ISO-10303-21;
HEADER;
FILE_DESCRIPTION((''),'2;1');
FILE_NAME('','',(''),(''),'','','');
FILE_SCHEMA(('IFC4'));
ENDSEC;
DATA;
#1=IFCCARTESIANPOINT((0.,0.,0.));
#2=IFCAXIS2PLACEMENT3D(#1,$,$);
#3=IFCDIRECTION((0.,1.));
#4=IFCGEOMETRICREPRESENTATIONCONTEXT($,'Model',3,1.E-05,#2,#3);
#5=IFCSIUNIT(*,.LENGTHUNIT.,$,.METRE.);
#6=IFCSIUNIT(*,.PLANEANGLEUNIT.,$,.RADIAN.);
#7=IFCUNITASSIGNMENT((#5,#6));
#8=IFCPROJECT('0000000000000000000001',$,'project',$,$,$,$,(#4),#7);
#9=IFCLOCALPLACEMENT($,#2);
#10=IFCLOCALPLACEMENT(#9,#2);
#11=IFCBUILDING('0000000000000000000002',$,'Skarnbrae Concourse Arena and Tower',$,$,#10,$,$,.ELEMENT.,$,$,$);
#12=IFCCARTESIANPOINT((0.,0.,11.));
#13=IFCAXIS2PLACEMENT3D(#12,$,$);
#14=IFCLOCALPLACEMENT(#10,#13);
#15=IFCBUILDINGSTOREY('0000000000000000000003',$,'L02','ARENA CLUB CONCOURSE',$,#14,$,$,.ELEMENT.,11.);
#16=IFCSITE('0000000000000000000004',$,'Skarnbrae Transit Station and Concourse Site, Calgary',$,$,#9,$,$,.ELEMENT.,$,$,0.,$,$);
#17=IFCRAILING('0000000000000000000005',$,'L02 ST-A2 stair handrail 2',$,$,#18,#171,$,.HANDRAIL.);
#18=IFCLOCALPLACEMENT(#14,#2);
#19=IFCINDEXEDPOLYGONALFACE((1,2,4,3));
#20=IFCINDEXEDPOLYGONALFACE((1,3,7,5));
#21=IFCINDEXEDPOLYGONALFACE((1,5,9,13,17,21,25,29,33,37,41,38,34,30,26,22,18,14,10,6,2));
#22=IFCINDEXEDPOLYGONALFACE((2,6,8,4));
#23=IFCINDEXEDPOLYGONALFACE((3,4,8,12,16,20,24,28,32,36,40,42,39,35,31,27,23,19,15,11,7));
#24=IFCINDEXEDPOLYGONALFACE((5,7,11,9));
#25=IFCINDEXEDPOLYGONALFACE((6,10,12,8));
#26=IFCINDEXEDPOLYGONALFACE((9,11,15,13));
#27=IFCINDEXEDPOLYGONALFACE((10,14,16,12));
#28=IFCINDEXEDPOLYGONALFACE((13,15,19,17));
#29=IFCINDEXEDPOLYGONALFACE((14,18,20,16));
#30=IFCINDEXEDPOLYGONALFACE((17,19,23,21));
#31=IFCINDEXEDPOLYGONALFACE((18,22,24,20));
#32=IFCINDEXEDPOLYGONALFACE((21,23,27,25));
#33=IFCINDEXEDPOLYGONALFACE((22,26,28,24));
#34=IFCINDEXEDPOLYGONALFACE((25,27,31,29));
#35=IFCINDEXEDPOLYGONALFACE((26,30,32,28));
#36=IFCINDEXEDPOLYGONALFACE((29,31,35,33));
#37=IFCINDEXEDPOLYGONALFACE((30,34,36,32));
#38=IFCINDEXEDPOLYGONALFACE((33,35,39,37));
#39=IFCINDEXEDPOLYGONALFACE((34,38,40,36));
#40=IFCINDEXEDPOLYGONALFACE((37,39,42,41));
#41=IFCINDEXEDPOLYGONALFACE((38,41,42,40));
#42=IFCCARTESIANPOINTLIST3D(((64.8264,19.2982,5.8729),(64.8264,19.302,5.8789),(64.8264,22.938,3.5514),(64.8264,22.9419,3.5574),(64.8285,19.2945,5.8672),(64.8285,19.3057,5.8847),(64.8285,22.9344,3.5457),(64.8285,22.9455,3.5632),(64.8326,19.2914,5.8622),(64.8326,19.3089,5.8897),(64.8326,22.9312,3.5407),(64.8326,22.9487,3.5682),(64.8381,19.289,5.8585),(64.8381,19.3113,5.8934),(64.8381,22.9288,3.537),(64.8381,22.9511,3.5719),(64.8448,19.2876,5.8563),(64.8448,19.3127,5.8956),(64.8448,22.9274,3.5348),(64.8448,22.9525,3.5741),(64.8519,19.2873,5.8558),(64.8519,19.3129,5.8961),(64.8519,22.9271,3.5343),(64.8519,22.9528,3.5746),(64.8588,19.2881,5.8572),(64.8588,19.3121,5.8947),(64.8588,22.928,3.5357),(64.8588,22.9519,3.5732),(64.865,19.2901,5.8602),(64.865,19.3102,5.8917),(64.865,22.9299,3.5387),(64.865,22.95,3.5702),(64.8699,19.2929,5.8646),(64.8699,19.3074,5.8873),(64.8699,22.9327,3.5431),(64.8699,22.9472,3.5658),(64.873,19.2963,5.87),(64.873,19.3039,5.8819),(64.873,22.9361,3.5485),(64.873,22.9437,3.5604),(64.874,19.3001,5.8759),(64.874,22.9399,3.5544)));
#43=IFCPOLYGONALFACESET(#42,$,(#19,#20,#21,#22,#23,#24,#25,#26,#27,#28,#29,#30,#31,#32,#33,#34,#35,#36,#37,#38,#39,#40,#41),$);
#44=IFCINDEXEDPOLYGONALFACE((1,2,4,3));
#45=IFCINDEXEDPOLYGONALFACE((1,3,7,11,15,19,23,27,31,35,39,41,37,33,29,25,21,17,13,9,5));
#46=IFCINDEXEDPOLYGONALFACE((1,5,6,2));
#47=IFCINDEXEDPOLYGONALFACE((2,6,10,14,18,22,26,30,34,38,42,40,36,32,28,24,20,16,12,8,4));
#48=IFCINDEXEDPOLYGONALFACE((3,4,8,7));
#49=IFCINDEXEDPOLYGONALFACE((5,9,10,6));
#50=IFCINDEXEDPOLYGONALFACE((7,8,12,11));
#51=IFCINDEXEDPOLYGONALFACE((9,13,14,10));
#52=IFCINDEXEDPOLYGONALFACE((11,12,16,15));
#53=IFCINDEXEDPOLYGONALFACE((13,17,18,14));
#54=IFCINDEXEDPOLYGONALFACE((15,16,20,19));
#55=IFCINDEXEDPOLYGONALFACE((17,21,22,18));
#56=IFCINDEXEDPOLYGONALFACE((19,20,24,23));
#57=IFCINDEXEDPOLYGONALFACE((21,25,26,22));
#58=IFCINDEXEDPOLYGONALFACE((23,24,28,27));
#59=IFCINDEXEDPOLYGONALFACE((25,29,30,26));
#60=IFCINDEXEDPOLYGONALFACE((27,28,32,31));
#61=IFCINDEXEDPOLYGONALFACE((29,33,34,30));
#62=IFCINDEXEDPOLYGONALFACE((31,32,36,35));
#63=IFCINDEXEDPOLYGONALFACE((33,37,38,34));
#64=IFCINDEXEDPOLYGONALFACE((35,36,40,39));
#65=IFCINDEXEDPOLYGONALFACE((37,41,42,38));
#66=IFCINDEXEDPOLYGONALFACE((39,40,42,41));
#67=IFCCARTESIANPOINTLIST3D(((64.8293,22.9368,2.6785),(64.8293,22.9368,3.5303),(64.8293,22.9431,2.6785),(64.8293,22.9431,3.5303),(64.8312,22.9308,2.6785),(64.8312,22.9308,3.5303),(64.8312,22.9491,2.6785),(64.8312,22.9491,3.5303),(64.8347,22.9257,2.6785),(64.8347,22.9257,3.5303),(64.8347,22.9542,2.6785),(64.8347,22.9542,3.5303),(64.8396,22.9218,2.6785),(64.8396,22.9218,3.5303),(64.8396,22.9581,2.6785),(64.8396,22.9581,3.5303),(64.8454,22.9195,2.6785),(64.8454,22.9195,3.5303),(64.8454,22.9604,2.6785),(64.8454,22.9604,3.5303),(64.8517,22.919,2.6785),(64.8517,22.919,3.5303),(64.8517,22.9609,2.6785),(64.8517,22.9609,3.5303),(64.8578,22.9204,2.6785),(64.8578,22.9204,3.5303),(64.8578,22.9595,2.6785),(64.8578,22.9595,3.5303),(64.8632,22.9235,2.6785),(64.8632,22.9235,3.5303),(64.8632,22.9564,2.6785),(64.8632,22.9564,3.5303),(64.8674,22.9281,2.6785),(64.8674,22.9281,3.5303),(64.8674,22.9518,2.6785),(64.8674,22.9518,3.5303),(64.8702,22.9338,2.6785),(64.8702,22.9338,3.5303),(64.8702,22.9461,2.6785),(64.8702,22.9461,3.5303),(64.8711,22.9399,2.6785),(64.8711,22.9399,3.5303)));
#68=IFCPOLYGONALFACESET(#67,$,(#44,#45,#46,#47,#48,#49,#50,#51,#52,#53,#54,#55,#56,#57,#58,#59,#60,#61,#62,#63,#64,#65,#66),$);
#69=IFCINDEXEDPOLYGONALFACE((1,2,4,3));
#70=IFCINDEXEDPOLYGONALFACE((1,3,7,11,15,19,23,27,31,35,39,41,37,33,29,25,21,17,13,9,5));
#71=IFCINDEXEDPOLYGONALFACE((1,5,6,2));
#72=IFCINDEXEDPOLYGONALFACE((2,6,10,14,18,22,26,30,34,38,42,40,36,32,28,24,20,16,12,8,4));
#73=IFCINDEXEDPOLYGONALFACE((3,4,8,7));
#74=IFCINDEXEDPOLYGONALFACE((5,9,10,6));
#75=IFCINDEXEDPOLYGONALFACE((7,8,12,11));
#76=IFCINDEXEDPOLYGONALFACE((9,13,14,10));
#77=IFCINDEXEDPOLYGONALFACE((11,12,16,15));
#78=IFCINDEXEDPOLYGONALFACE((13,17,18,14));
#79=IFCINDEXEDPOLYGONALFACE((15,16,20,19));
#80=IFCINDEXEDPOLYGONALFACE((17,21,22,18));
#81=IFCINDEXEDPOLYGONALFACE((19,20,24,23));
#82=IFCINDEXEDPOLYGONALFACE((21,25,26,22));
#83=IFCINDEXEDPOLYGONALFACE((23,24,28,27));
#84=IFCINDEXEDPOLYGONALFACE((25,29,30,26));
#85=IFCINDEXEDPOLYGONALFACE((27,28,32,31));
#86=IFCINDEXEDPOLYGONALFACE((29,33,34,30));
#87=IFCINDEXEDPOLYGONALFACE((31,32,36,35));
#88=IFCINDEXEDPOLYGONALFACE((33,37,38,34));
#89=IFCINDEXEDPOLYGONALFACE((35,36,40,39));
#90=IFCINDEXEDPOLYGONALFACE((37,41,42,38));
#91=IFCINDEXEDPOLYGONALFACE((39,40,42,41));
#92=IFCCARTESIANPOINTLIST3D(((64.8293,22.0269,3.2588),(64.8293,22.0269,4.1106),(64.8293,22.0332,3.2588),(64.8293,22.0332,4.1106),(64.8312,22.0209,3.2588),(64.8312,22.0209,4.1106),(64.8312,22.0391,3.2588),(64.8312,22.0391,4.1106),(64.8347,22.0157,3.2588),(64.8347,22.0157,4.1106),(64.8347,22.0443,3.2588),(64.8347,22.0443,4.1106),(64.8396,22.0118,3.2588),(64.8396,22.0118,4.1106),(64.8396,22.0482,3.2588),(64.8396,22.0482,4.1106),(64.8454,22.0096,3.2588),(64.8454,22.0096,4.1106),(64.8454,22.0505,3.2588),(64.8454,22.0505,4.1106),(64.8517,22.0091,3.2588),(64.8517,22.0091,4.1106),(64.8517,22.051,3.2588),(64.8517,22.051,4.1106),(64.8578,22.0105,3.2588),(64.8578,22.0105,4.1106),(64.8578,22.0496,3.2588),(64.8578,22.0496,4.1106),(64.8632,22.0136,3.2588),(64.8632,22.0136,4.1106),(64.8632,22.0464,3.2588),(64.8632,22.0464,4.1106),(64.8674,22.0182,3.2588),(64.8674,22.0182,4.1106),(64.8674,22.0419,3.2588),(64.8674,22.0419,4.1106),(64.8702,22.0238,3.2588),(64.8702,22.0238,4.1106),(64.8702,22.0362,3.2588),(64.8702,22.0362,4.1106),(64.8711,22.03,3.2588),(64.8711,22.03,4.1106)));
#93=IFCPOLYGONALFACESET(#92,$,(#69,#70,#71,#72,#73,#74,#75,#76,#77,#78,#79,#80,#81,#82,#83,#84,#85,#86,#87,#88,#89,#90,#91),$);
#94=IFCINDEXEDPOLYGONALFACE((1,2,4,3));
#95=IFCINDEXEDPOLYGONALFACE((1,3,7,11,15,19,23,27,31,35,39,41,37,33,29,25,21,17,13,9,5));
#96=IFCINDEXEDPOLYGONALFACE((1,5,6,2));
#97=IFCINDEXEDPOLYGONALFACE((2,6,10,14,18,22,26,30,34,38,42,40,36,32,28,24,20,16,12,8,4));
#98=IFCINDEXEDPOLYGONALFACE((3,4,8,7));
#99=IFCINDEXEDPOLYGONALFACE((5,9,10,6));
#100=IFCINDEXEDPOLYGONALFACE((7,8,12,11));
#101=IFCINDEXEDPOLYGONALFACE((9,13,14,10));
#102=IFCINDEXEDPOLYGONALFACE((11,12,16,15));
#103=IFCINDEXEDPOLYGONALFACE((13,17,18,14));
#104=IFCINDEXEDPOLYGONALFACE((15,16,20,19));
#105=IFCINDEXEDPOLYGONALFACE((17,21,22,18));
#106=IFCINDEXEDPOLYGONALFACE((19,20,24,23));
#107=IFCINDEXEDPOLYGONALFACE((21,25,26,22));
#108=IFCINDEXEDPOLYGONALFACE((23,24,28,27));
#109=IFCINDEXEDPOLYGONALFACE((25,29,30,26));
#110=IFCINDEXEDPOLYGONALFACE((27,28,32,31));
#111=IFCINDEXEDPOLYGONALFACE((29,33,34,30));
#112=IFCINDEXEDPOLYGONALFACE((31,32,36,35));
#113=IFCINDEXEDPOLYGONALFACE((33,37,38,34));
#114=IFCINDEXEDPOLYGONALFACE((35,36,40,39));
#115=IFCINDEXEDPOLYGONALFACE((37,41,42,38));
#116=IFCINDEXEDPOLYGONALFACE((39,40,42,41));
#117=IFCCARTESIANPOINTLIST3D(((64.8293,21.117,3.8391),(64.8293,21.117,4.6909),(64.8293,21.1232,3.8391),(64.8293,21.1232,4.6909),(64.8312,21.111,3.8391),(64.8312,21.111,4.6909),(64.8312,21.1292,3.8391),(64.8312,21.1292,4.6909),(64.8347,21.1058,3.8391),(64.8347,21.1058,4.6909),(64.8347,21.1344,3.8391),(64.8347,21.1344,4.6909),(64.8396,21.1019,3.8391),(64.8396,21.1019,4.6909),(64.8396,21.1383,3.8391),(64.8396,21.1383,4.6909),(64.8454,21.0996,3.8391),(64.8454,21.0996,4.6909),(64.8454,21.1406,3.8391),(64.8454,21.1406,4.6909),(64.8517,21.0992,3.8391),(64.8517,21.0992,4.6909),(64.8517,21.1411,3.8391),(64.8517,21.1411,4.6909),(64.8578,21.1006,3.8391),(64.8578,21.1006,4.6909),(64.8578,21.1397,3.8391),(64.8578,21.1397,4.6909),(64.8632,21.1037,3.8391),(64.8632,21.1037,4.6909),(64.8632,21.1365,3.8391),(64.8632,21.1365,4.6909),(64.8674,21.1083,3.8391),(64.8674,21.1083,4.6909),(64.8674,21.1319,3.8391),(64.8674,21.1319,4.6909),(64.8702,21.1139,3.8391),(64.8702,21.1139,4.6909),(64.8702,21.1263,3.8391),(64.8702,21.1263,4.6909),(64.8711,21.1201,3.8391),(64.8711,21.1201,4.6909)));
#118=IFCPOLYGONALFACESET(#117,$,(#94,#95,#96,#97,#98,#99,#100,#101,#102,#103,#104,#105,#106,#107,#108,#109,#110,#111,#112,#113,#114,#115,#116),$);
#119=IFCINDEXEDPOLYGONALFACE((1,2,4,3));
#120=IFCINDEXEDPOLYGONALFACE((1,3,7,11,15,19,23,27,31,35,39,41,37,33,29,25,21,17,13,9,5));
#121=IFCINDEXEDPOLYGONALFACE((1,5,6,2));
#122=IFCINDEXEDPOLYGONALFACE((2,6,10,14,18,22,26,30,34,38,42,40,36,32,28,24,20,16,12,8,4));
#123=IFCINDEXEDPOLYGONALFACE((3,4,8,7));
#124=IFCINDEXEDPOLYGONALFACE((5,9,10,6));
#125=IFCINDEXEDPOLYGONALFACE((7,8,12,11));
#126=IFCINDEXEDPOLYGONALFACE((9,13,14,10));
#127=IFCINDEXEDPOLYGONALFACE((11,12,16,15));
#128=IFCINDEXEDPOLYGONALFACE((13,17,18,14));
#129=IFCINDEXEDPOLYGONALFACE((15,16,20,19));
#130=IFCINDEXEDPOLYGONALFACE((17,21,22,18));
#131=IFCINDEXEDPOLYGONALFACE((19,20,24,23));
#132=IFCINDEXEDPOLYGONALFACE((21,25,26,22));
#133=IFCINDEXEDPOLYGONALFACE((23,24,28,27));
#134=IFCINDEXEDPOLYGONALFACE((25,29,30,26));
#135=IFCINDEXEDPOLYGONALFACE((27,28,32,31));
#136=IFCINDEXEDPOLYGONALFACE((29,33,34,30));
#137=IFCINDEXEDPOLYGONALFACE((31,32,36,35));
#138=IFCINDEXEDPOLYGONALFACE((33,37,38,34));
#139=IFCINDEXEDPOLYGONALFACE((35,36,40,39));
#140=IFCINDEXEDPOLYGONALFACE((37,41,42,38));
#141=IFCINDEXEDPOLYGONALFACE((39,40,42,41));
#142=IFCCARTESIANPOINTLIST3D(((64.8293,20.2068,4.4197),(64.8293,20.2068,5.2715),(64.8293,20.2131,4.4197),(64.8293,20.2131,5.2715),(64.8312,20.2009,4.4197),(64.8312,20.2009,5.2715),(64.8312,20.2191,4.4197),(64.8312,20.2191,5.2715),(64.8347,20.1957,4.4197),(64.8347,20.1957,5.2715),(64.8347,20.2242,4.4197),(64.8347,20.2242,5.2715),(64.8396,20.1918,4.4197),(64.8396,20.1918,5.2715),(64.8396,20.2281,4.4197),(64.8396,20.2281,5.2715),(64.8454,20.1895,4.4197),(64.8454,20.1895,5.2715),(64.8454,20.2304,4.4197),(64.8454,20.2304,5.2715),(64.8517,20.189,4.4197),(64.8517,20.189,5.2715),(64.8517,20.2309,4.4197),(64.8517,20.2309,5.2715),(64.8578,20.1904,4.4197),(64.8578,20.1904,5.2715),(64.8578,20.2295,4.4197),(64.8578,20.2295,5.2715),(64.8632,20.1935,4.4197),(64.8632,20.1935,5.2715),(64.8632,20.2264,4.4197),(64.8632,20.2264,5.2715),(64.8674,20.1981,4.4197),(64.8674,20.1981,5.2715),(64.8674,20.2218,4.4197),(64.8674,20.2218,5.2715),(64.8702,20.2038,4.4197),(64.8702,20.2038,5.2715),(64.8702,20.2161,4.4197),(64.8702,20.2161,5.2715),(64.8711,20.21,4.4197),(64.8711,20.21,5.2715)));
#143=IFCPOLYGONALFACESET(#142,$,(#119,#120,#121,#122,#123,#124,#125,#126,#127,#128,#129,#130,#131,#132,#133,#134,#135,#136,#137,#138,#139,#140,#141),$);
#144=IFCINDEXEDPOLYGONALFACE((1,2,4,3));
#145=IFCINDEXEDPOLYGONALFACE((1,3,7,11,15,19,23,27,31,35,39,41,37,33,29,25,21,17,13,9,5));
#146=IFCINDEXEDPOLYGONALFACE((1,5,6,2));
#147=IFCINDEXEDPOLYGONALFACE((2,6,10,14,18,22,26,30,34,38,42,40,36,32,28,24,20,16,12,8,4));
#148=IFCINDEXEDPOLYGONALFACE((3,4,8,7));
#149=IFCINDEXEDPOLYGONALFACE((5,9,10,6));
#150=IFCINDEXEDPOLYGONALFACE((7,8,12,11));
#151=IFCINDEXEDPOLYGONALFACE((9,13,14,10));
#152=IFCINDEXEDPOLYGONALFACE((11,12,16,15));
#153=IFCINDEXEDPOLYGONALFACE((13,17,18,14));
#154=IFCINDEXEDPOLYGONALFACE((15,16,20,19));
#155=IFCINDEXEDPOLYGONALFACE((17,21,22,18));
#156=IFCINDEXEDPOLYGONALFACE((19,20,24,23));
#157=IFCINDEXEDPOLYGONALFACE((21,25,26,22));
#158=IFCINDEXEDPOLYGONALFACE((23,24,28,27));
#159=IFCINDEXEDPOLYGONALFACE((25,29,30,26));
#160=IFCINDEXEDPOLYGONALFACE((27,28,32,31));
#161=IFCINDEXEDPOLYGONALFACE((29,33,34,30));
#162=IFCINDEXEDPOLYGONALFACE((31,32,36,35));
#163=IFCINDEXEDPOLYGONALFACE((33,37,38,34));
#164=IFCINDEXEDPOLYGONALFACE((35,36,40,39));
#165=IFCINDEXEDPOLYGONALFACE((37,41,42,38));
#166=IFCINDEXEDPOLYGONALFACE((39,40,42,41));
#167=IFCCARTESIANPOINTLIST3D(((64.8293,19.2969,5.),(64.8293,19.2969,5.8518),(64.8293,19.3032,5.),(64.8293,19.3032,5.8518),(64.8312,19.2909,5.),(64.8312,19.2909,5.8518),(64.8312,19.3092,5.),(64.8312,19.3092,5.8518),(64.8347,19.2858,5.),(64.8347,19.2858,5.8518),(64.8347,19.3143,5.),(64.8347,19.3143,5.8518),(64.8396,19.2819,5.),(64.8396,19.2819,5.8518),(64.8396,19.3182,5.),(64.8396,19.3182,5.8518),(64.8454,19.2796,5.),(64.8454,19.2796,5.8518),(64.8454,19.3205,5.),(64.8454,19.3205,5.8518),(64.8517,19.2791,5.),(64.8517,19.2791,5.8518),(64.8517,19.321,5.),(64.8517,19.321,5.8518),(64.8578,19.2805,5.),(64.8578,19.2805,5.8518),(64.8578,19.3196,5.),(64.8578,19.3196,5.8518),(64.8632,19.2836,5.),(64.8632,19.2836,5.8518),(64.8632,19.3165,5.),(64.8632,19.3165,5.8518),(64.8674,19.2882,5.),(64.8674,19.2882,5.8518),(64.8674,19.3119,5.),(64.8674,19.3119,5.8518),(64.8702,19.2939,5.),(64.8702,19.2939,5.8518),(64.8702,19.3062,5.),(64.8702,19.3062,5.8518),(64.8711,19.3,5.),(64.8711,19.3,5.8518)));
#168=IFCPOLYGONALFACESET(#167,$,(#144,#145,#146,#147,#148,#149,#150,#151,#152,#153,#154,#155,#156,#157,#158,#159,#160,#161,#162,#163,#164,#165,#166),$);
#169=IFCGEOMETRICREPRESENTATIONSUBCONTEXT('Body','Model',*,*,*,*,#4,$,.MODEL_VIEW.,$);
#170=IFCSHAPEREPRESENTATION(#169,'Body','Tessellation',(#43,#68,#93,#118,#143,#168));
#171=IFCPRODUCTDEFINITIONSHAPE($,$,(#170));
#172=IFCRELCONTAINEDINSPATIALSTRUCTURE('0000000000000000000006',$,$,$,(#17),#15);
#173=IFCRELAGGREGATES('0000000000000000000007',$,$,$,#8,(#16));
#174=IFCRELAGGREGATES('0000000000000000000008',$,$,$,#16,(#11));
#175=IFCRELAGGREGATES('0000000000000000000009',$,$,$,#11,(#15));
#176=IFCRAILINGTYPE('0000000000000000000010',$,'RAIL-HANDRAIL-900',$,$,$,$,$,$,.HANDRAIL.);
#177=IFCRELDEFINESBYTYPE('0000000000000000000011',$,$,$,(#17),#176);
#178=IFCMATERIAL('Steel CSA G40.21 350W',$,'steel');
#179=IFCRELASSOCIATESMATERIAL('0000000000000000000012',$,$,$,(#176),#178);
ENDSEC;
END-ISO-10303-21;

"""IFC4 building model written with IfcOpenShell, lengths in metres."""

from ifc_helpers import new_model, si_unit, direction, frame, origin, origin_2d, place, context, subcontext, project, spatial, circle, extrude, material, type_object, element, save


model = new_model("IFC4")

# Units and contexts
model_context = context("Model", 3, precision=1e-05, world=origin(), true_north=direction((0.0, 1.0)))
body_context = subcontext(model_context, "Body", "Model", "MODEL_VIEW")
ifc_project = project(units=[si_unit("LENGTHUNIT", "METRE"), si_unit("PLANEANGLEUNIT", "RADIAN")], contexts=[model_context])

# Site, building, storey
site_placement = place(None, origin())
site = spatial("IfcSite", under=ifc_project, at=site_placement, Name="Skarnbrae Transit Station and Concourse Site, Calgary", CompositionType="ELEMENT", RefElevation=0.0)
building_placement = place(site_placement, origin())
building = spatial("IfcBuilding", under=site, at=building_placement, Name="Skarnbrae Concourse Arena and Tower", CompositionType="ELEMENT")
storey_placement = place(building_placement, frame((0.0, 0.0, 11.0)))
storey = spatial("IfcBuildingStorey", under=building, at=storey_placement, Name="L02", Description="ARENA CLUB CONCOURSE", CompositionType="ELEMENT", Elevation=11.0)

# Shared definitions
ifc_material_1 = material(Name="Steel CSA G40.21 350W", Category="steel")

# Railing
railing_type_1 = type_object("IfcRailingType", Name="RAIL-HANDRAIL-900", PredefinedType="HANDRAIL", material=ifc_material_1)
for number, where, name in (
    (1, (64.8501, 22.9399, 2.6785), "L02 ST-A2 stair handrail 2"),
):
    element("IfcRailing", number, at=place(storey_placement, frame(where)), inside=storey, type_object=railing_type_1, Name=name, PredefinedType="HANDRAIL", context=body_context, shape_type="SweptSolid", body=[
        extrude(circle(Radius=0.0239, at=origin_2d()), frame((0.0, 0.0, 0.876), z_axis=(0.0, -0.843112, 0.537739), x_axis=(1.0, 0.0, 0.0)), (0.0, 0.0, 1.0), 4.3171),
        extrude(circle(Radius=0.021, at=origin_2d()), origin(), (0.0, 0.0, 1.0), 0.8518),
        extrude(circle(Radius=0.021, at=origin_2d()), frame((0.0, -0.9099, 0.5803)), (0.0, 0.0, 1.0), 0.8518),
        extrude(circle(Radius=0.021, at=origin_2d()), frame((0.0, -1.8198, 1.1606)), (0.0, 0.0, 1.0), 0.8518),
        extrude(circle(Radius=0.021, at=origin_2d()), frame((0.0, -2.73, 1.7412)), (0.0, 0.0, 1.0), 0.8518),
        extrude(circle(Radius=0.021, at=origin_2d()), frame((0.0, -3.6399, 2.3215)), (0.0, 0.0, 1.0), 0.8518),
    ])

save(model, "model.ifc")
